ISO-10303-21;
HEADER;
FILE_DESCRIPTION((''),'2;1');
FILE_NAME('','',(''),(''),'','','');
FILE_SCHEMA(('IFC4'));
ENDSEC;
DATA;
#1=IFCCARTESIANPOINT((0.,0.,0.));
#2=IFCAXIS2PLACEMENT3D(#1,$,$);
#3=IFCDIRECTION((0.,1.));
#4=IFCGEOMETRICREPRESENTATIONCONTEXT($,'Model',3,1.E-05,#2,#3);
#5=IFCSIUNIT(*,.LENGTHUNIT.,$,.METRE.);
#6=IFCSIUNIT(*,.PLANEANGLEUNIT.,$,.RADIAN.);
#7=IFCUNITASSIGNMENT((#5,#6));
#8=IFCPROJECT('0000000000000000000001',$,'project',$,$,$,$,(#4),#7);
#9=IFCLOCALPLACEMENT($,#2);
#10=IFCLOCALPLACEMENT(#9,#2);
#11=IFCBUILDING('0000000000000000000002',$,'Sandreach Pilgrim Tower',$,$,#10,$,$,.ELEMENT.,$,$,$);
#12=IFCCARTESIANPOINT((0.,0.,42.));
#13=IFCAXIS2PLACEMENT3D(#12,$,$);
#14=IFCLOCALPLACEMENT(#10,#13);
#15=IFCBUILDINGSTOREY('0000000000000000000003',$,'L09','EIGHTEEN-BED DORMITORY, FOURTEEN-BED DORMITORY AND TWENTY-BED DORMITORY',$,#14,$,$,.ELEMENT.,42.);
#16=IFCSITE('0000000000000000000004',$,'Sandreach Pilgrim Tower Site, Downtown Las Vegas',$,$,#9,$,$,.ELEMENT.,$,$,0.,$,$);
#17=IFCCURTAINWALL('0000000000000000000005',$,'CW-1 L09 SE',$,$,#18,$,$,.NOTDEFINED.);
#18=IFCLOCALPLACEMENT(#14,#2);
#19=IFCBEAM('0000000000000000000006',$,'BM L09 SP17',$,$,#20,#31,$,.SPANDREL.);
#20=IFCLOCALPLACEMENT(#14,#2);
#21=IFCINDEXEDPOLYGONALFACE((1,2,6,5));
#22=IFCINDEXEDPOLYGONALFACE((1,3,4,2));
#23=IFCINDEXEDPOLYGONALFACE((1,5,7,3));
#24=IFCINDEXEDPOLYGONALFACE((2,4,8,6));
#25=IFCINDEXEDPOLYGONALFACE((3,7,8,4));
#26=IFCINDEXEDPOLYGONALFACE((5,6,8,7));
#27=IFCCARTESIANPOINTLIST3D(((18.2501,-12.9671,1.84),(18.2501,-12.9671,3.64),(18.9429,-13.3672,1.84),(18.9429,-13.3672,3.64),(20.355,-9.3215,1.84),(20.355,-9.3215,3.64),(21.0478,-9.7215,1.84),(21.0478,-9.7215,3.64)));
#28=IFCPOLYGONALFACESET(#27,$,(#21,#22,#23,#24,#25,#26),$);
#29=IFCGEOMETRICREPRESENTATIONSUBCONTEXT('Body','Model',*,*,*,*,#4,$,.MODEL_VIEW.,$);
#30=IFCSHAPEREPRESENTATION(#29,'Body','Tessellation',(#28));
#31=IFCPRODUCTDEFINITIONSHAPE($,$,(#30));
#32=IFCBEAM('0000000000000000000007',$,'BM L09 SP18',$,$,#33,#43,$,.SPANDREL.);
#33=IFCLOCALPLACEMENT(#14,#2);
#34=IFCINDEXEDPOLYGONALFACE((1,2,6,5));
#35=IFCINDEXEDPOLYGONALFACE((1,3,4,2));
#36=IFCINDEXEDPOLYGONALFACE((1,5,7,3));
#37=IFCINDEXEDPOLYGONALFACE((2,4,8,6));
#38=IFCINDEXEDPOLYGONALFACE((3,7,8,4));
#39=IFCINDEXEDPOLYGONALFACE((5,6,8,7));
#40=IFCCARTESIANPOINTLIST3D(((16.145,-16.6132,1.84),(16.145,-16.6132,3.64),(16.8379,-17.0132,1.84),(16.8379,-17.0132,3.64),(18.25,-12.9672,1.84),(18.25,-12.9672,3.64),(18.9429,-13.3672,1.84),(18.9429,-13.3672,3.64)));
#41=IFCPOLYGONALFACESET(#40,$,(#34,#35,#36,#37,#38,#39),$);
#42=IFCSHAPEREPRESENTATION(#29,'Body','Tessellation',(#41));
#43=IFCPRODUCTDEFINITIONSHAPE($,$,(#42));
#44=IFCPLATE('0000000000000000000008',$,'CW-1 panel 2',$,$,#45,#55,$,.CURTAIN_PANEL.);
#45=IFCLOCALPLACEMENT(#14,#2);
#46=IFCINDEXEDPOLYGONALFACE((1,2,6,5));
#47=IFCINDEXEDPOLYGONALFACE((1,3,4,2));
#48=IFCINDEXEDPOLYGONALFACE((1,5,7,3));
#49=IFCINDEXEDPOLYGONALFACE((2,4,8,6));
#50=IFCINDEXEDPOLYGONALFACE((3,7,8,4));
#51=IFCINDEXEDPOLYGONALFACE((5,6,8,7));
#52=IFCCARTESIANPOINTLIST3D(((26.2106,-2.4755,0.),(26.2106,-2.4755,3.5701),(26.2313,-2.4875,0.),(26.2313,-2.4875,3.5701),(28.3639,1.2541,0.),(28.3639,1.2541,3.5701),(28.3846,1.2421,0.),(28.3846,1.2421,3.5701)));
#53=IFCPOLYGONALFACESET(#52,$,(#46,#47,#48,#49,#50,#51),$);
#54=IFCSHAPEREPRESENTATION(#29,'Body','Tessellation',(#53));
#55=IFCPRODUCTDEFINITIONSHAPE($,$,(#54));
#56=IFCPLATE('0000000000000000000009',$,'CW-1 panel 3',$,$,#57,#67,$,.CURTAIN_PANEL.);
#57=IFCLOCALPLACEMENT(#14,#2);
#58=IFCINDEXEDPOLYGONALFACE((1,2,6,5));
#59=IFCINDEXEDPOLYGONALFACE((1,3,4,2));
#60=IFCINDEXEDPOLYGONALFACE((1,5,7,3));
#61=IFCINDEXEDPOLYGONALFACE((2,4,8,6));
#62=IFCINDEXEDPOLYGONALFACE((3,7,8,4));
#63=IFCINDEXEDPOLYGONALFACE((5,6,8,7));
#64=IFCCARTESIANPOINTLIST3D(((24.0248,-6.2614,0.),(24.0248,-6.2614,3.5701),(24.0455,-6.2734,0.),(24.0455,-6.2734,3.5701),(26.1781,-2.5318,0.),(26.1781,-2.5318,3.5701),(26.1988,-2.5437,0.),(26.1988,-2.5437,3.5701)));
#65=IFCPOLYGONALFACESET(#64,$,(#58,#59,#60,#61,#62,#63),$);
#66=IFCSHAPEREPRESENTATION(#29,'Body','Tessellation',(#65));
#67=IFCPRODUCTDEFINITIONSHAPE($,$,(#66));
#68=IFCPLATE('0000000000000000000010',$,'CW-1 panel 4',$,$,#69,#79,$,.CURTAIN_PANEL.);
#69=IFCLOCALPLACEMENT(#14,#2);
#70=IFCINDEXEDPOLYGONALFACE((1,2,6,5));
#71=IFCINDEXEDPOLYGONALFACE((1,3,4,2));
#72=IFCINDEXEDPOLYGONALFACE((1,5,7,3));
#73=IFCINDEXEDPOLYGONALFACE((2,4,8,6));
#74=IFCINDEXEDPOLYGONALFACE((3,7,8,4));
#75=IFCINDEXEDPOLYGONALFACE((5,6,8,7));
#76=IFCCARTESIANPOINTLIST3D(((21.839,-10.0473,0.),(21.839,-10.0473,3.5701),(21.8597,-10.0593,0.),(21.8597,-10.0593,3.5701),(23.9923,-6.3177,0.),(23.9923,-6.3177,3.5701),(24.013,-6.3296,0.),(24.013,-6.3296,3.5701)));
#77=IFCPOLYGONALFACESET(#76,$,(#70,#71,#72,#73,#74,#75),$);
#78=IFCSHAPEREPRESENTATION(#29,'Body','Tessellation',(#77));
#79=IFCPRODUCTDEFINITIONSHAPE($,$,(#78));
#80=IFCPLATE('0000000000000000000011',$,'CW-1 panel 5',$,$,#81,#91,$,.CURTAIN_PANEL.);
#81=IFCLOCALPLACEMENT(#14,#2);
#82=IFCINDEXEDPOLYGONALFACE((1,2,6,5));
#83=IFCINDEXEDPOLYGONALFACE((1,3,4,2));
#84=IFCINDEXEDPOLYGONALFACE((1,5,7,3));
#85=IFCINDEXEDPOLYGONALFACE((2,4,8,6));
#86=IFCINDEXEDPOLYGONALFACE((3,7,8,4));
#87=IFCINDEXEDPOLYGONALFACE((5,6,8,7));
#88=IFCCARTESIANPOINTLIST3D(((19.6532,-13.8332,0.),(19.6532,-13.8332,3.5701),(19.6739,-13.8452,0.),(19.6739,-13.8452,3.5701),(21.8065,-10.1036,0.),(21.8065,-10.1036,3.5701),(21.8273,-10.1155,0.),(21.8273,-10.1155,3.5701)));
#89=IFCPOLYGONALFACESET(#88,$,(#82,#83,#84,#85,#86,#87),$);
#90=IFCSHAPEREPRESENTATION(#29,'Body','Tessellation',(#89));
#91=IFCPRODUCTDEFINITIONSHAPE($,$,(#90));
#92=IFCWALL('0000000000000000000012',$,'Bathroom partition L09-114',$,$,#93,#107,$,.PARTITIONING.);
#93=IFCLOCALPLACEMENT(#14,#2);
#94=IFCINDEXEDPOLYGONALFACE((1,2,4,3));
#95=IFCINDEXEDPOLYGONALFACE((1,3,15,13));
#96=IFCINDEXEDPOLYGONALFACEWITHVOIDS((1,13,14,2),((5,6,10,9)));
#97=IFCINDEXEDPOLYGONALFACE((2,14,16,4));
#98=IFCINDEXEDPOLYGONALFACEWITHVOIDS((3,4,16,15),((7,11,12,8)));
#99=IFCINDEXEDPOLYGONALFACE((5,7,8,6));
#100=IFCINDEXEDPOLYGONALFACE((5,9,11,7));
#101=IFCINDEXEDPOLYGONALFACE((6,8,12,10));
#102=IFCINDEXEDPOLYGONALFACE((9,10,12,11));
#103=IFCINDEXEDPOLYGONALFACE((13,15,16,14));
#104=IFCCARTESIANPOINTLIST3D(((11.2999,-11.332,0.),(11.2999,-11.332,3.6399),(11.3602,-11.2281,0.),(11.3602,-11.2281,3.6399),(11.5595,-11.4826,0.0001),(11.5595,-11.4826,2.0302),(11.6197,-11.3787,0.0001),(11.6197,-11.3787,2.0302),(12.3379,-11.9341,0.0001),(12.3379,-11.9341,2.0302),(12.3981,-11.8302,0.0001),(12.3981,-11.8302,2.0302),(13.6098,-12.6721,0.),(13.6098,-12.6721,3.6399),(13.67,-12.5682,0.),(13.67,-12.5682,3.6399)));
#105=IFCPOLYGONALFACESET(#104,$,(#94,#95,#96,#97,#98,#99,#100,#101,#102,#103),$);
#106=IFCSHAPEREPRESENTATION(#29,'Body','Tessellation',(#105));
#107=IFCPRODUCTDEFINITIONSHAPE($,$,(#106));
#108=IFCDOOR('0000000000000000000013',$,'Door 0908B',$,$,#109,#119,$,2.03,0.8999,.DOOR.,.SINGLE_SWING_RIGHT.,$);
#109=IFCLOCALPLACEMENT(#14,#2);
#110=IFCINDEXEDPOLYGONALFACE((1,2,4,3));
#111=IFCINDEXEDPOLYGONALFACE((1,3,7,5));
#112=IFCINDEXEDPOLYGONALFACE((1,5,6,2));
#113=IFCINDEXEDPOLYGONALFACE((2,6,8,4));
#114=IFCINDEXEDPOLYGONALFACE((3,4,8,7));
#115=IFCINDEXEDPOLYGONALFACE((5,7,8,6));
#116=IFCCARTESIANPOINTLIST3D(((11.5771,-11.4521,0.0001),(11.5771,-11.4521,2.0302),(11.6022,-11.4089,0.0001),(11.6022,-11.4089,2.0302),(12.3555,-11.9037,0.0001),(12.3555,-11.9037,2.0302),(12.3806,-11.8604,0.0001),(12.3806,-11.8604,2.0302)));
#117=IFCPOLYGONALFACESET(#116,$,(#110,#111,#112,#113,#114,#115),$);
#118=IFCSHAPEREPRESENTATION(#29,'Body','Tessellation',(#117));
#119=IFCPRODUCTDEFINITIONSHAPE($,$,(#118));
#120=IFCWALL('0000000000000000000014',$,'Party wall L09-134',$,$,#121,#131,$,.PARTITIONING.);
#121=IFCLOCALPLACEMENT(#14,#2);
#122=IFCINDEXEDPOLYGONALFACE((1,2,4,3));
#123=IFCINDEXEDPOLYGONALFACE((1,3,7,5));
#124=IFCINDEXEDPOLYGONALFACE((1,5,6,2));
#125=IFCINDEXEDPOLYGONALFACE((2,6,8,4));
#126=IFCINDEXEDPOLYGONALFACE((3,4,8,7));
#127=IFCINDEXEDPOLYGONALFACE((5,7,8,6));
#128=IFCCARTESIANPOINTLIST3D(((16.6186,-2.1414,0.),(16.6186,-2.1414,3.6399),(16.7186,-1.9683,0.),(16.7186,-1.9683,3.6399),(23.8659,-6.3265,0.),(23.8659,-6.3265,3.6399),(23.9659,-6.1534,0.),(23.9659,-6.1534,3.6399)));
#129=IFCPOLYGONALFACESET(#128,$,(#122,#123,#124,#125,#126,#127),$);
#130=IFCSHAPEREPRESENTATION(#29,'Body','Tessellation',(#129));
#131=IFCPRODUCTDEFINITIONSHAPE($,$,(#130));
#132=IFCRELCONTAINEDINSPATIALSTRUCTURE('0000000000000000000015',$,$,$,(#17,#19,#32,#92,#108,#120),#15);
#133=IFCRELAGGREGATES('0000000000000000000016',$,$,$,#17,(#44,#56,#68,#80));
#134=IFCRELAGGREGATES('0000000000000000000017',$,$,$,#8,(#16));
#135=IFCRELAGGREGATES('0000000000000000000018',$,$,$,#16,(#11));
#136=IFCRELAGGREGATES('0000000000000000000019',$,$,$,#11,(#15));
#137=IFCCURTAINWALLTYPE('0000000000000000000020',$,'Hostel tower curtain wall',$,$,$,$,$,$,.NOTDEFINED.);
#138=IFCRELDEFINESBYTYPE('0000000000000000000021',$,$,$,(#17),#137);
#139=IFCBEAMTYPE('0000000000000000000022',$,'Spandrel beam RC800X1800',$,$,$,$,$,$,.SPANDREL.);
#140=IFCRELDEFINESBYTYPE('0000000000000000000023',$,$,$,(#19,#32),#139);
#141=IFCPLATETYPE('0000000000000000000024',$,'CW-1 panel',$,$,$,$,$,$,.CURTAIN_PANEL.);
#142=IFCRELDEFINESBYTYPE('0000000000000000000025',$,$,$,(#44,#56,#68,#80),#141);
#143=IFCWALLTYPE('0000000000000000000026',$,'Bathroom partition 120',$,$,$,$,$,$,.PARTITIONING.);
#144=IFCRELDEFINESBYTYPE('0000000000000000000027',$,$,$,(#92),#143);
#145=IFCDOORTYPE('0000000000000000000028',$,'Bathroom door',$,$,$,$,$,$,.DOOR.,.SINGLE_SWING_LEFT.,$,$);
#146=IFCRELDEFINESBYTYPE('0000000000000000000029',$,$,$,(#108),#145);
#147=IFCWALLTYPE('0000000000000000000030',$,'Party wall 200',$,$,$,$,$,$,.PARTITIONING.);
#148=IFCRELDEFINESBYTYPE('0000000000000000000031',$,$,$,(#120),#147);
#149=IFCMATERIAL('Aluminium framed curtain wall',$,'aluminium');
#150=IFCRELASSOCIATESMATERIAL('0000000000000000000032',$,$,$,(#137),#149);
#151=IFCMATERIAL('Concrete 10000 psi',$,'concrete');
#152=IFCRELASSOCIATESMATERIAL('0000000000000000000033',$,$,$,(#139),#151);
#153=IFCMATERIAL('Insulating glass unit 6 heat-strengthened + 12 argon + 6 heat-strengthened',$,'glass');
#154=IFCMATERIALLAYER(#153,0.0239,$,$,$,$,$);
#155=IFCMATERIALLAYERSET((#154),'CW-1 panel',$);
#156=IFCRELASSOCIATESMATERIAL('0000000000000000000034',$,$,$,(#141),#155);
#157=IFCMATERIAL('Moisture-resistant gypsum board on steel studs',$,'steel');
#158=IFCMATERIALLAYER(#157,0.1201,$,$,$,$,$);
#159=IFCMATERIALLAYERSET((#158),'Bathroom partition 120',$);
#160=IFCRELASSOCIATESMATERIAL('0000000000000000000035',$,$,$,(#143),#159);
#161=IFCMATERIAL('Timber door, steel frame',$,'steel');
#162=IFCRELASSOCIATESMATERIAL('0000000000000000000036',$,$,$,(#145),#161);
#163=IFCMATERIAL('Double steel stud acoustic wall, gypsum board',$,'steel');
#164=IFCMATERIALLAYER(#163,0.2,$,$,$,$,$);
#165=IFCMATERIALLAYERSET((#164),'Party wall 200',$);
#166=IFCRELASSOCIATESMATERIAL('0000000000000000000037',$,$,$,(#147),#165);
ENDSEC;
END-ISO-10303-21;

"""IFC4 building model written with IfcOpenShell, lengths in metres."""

from ifc_helpers import new_model, si_unit, direction, frame, frame_2d, origin, origin_2d, place, context, subcontext, project, spatial, rectangle, extrude, material, layer, layer_set, material_profile, profile_set, type_object, element, fill, aggregate, save


model = new_model("IFC4")

# Units and contexts
model_context = context("Model", 3, precision=1e-05, world=origin(), true_north=direction((0.0, 1.0)))
body_context = subcontext(model_context, "Body", "Model", "MODEL_VIEW")
ifc_project = project(units=[si_unit("LENGTHUNIT", "METRE"), si_unit("PLANEANGLEUNIT", "RADIAN")], contexts=[model_context])

# Site, building, storey
site_placement = place(None, origin())
site = spatial("IfcSite", under=ifc_project, at=site_placement, Name="Sandreach Pilgrim Tower Site, Downtown Las Vegas", CompositionType="ELEMENT", RefElevation=0.0)
building_placement = place(site_placement, origin())
building = spatial("IfcBuilding", under=site, at=building_placement, Name="Sandreach Pilgrim Tower", CompositionType="ELEMENT")
storey_placement = place(building_placement, frame((0.0, 0.0, 42.0)))
storey = spatial("IfcBuildingStorey", under=building, at=storey_placement, Name="L09", Description="EIGHTEEN-BED DORMITORY, FOURTEEN-BED DORMITORY AND TWENTY-BED DORMITORY", CompositionType="ELEMENT", Elevation=42.0)

# Curtain wall
ifc_material_1 = material(Name="Aluminium framed curtain wall", Category="aluminium")
curtain_wall_type = type_object("IfcCurtainWallType", Name="Hostel tower curtain wall", PredefinedType="NOTDEFINED", material=ifc_material_1)
curtain_wall_placement = place(storey_placement, origin())
curtain_wall = element("IfcCurtainWall", 1, at=curtain_wall_placement, inside=storey, type_object=curtain_wall_type, Name="CW-1 L09 SE", PredefinedType="NOTDEFINED")

# Beams
ifc_material_2 = material(Name="Concrete 10000 psi", Category="concrete")
ifc_material_profile_1 = material_profile(ifc_material_2, rectangle(XDim=0.8, YDim=1.8, at=origin_2d()), Name="RC800X1800")
ifc_profile_set_1 = profile_set([ifc_material_profile_1], Name="Concrete 10000 psi")
beam_type_1 = type_object("IfcBeamType", Name="Spandrel beam RC800X1800", PredefinedType="SPANDREL", material=ifc_profile_set_1)
beam_1_placement = place(storey_placement, frame((20.7014, -9.5215, 2.74), z_axis=(-0.500019, -0.866015, 0.0), x_axis=(0.866015, -0.500019, 0.0)))
element("IfcBeam", 2, at=beam_1_placement, inside=storey, type_object=beam_type_1, Name="BM L09 SP17", PredefinedType="SPANDREL", context=body_context, shape_type="SweptSolid", body=[
    extrude(rectangle(XDim=0.8, YDim=1.8, at=origin_2d()), origin(), (0.0, 0.0, 1.0), 4.2097),
])
beam_2_placement = place(storey_placement, frame((18.5964, -13.1672, 2.74), z_axis=(-0.499994, -0.866029, 0.0), x_axis=(0.866029, -0.499994, 0.0)))
element("IfcBeam", 3, at=beam_2_placement, inside=storey, type_object=beam_type_1, Name="BM L09 SP18", PredefinedType="SPANDREL", context=body_context, shape_type="SweptSolid", body=[
    extrude(rectangle(XDim=0.8, YDim=1.8, at=origin_2d()), origin(), (0.0, 0.0, 1.0), 4.21),
])

# Plates
ifc_material_3 = material(Name="Insulating glass unit 6 heat-strengthened + 12 argon + 6 heat-strengthened", Category="glass")
ifc_layer_1 = layer(ifc_material_3, 0.0239)
ifc_layer_set_1 = layer_set([ifc_layer_1], Name="CW-1 panel")
plate_type = type_object("IfcPlateType", Name="CW-1 panel", PredefinedType="CURTAIN_PANEL", material=ifc_layer_set_1)
plate_1_placement = place(storey_placement, frame((27.2976, -0.6167, 0.0), z_axis=(0.0, 0.0, 1.0), x_axis=(-0.5, -0.866025, 0.0)))
plate_1 = element("IfcPlate", 4, at=plate_1_placement, type_object=plate_type, Name="CW-1 panel 2", PredefinedType="CURTAIN_PANEL", context=body_context, shape_type="SweptSolid", body=[
    extrude(rectangle(XDim=4.3066, YDim=0.0239, at=origin_2d()), origin(), (0.0, 0.0, 1.0), 3.5701),
])
plate_2_placement = place(storey_placement, frame((25.1118, -4.4026, 0.0), z_axis=(0.0, 0.0, 1.0), x_axis=(-0.5, -0.866025, 0.0)))
plate_2 = element("IfcPlate", 5, at=plate_2_placement, type_object=plate_type, Name="CW-1 panel 3", PredefinedType="CURTAIN_PANEL", context=body_context, shape_type="SweptSolid", body=[
    extrude(rectangle(XDim=4.3066, YDim=0.0239, at=origin_2d()), origin(), (0.0, 0.0, 1.0), 3.5701),
])
plate_3_placement = place(storey_placement, frame((22.926, -8.1885, 0.0), z_axis=(0.0, 0.0, 1.0), x_axis=(-0.5, -0.866025, 0.0)))
plate_3 = element("IfcPlate", 6, at=plate_3_placement, type_object=plate_type, Name="CW-1 panel 4", PredefinedType="CURTAIN_PANEL", context=body_context, shape_type="SweptSolid", body=[
    extrude(rectangle(XDim=4.3066, YDim=0.0239, at=origin_2d()), origin(), (0.0, 0.0, 1.0), 3.5701),
])
plate_4_placement = place(storey_placement, frame((20.7402, -11.9744, 0.0), z_axis=(0.0, 0.0, 1.0), x_axis=(-0.5, -0.866025, 0.0)))
plate_4 = element("IfcPlate", 7, at=plate_4_placement, type_object=plate_type, Name="CW-1 panel 5", PredefinedType="CURTAIN_PANEL", context=body_context, shape_type="SweptSolid", body=[
    extrude(rectangle(XDim=4.3066, YDim=0.0239, at=origin_2d()), origin(), (0.0, 0.0, 1.0), 3.5701),
])
aggregate(curtain_wall, [plate_1, plate_2, plate_3, plate_4])

# Wall, opening, door
ifc_material_4 = material(Name="Moisture-resistant gypsum board on steel studs", Category="steel")
ifc_layer_2 = layer(ifc_material_4, 0.1201)
ifc_layer_set_2 = layer_set([ifc_layer_2], Name="Bathroom partition 120")
wall_type_1 = type_object("IfcWallType", Name="Bathroom partition 120", PredefinedType="PARTITIONING", material=ifc_layer_set_2)
wall_1_placement = place(storey_placement, frame((13.6399, -12.6201, 0.0), z_axis=(0.0, 0.0, 1.0), x_axis=(-0.864967, 0.501829, 0.0)))
wall_1 = element("IfcWall", 8, at=wall_1_placement, inside=storey, type_object=wall_type_1, Name="Bathroom partition L09-114", PredefinedType="PARTITIONING", context=body_context, shape_type="SweptSolid", body=[
    extrude(rectangle(XDim=2.6704, YDim=0.1201, at=frame_2d((1.3352, 0.0))), origin(), (0.0, 0.0, 1.0), 3.6399),
])
opening_1_placement = place(wall_1_placement, frame((1.4705, 0.0, 0.0)))
opening_1 = element("IfcOpeningElement", 9, at=opening_1_placement, cuts=wall_1, PredefinedType="OPENING", context=body_context, shape_type="SweptSolid", body=[
    extrude(rectangle(XDim=0.8999, YDim=2.03, at=frame_2d((0.45, 1.0151))), frame((0.0, 0.0601, 0.0), z_axis=(0.0, -1.0, 0.0), x_axis=(1.0, 0.0, 0.0)), (0.0, 0.0, 1.0), 0.1201),
])
ifc_material_5 = material(Name="Timber door, steel frame", Category="steel")
door_type_1 = type_object("IfcDoorType", Name="Bathroom door", OperationType="SINGLE_SWING_LEFT", PredefinedType="DOOR", material=ifc_material_5)
door_1_placement = place(opening_1_placement, origin())
door_1 = element("IfcDoor", 10, at=door_1_placement, inside=storey, type_object=door_type_1, Name="Door 0908B", OperationType="SINGLE_SWING_RIGHT", OverallHeight=2.03, OverallWidth=0.8999, PredefinedType="DOOR", context=body_context, shape_type="SweptSolid", body=[
    extrude(rectangle(XDim=0.8999, YDim=2.03, at=frame_2d((0.45, 1.0151))), frame((0.0, 0.0249, 0.0), z_axis=(0.0, -1.0, 0.0), x_axis=(1.0, 0.0, 0.0)), (0.0, 0.0, 1.0), 0.05),
])
fill(opening_1, door_1)

# Wall
ifc_material_6 = material(Name="Double steel stud acoustic wall, gypsum board", Category="steel")
ifc_layer_3 = layer(ifc_material_6, 0.2)
ifc_layer_set_3 = layer_set([ifc_layer_3], Name="Party wall 200")
wall_type_2 = type_object("IfcWallType", Name="Party wall 200", PredefinedType="PARTITIONING", material=ifc_layer_set_3)
wall_2_placement = place(storey_placement, frame((23.916, -6.24, 0.0), z_axis=(0.0, 0.0, 1.0), x_axis=(-0.865983, 0.500073, 0.0)))
element("IfcWall", 11, at=wall_2_placement, inside=storey, type_object=wall_type_2, Name="Party wall L09-134", PredefinedType="PARTITIONING", context=body_context, shape_type="SweptSolid", body=[
    extrude(rectangle(XDim=8.3689, YDim=0.2, at=frame_2d((4.1846, 0.0))), origin(), (0.0, 0.0, 1.0), 3.6399),
])

save(model, "model.ifc")
